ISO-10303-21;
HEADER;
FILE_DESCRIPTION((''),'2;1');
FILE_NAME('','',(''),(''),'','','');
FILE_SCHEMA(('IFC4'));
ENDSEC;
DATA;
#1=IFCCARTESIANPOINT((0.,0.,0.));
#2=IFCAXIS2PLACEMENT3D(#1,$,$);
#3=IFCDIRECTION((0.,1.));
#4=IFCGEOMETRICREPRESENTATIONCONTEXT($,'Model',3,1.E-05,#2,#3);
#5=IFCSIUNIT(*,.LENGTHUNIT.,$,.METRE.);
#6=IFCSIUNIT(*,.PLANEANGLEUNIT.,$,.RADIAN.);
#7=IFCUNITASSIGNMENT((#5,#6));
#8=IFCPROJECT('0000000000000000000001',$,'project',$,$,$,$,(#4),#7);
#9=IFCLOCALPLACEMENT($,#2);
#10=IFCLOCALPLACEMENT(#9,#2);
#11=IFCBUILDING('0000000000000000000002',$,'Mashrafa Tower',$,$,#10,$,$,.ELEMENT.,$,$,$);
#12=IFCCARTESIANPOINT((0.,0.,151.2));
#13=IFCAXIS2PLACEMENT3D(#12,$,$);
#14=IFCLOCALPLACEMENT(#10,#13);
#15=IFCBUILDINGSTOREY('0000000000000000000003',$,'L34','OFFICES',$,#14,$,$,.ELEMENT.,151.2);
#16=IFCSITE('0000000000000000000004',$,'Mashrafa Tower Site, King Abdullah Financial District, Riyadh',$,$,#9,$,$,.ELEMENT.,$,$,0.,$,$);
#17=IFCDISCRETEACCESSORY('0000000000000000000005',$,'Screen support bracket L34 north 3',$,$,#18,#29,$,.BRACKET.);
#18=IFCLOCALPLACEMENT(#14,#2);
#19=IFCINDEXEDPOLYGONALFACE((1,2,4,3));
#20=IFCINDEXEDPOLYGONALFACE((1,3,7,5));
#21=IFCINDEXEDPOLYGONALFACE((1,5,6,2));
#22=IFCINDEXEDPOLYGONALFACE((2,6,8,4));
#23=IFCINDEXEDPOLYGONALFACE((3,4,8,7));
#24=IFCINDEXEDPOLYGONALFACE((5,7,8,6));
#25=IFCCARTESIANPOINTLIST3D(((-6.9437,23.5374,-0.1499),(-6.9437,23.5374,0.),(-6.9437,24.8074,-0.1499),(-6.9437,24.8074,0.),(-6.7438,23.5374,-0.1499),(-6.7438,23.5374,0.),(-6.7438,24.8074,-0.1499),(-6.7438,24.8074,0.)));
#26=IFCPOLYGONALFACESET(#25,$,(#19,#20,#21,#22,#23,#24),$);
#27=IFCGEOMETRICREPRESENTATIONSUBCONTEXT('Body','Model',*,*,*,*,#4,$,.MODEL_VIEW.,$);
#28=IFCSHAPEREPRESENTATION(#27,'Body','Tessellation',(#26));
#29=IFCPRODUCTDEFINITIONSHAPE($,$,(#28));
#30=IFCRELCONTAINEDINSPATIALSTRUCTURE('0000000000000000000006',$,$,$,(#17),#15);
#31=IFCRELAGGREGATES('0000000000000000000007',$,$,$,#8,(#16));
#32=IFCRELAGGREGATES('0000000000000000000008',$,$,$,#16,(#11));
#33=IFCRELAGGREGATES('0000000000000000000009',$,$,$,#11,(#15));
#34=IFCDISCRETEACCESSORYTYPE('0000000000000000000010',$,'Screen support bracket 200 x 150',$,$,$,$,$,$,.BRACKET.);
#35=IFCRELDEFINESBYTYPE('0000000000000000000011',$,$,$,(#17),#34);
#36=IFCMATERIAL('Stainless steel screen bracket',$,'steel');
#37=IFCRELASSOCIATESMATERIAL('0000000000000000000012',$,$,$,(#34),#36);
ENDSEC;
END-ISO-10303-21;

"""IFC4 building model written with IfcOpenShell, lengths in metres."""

from ifc_helpers import new_model, si_unit, direction, frame, origin, origin_2d, place, context, subcontext, project, spatial, rectangle, extrude, source, transform, mapped, material, type_object, type_shapes, element, save


model = new_model("IFC4")

# Units and contexts
model_context = context("Model", 3, precision=1e-05, world=origin(), true_north=direction((0.0, 1.0)))
body_context = subcontext(model_context, "Body", "Model", "MODEL_VIEW")
ifc_project = project(units=[si_unit("LENGTHUNIT", "METRE"), si_unit("PLANEANGLEUNIT", "RADIAN")], contexts=[model_context])

# Site, building, storey
site_placement = place(None, origin())
site = spatial("IfcSite", under=ifc_project, at=site_placement, Name="Mashrafa Tower Site, King Abdullah Financial District, Riyadh", CompositionType="ELEMENT", RefElevation=0.0)
building_placement = place(site_placement, origin())
building = spatial("IfcBuilding", under=site, at=building_placement, Name="Mashrafa Tower", CompositionType="ELEMENT")
storey_placement = place(building_placement, frame((0.0, 0.0, 151.2)))
storey = spatial("IfcBuildingStorey", under=building, at=storey_placement, Name="L34", Description="OFFICES", CompositionType="ELEMENT", Elevation=151.2)

# Discrete accessory
ifc_material_1 = material(Name="Stainless steel screen bracket", Category="steel")
discrete_accessory_type = type_object("IfcDiscreteAccessoryType", Name="Screen support bracket 200 x 150", PredefinedType="BRACKET", material=ifc_material_1)
shared_shape_1 = source(origin(), body_context, "Body", "SweptSolid", [
    extrude(rectangle(XDim=0.2, YDim=1.27, at=origin_2d()), origin(), (0.0, 0.0, 1.0), 0.1499),
])
type_shapes(discrete_accessory_type, [shared_shape_1])
discrete_accessory_placement = place(storey_placement, frame((-6.8438, 24.1724, -0.1499), z_axis=(0.0, 0.0, 1.0), x_axis=(-1.0, 0.0, 0.0)))
element("IfcDiscreteAccessory", 1, at=discrete_accessory_placement, inside=storey, type_object=discrete_accessory_type, Name="Screen support bracket L34 north 3", PredefinedType="BRACKET", context=body_context, shape_type="MappedRepresentation", body=[
    mapped(shared_shape_1, transform((0.0, 0.0, 0.0))),
])

save(model, "model.ifc")
